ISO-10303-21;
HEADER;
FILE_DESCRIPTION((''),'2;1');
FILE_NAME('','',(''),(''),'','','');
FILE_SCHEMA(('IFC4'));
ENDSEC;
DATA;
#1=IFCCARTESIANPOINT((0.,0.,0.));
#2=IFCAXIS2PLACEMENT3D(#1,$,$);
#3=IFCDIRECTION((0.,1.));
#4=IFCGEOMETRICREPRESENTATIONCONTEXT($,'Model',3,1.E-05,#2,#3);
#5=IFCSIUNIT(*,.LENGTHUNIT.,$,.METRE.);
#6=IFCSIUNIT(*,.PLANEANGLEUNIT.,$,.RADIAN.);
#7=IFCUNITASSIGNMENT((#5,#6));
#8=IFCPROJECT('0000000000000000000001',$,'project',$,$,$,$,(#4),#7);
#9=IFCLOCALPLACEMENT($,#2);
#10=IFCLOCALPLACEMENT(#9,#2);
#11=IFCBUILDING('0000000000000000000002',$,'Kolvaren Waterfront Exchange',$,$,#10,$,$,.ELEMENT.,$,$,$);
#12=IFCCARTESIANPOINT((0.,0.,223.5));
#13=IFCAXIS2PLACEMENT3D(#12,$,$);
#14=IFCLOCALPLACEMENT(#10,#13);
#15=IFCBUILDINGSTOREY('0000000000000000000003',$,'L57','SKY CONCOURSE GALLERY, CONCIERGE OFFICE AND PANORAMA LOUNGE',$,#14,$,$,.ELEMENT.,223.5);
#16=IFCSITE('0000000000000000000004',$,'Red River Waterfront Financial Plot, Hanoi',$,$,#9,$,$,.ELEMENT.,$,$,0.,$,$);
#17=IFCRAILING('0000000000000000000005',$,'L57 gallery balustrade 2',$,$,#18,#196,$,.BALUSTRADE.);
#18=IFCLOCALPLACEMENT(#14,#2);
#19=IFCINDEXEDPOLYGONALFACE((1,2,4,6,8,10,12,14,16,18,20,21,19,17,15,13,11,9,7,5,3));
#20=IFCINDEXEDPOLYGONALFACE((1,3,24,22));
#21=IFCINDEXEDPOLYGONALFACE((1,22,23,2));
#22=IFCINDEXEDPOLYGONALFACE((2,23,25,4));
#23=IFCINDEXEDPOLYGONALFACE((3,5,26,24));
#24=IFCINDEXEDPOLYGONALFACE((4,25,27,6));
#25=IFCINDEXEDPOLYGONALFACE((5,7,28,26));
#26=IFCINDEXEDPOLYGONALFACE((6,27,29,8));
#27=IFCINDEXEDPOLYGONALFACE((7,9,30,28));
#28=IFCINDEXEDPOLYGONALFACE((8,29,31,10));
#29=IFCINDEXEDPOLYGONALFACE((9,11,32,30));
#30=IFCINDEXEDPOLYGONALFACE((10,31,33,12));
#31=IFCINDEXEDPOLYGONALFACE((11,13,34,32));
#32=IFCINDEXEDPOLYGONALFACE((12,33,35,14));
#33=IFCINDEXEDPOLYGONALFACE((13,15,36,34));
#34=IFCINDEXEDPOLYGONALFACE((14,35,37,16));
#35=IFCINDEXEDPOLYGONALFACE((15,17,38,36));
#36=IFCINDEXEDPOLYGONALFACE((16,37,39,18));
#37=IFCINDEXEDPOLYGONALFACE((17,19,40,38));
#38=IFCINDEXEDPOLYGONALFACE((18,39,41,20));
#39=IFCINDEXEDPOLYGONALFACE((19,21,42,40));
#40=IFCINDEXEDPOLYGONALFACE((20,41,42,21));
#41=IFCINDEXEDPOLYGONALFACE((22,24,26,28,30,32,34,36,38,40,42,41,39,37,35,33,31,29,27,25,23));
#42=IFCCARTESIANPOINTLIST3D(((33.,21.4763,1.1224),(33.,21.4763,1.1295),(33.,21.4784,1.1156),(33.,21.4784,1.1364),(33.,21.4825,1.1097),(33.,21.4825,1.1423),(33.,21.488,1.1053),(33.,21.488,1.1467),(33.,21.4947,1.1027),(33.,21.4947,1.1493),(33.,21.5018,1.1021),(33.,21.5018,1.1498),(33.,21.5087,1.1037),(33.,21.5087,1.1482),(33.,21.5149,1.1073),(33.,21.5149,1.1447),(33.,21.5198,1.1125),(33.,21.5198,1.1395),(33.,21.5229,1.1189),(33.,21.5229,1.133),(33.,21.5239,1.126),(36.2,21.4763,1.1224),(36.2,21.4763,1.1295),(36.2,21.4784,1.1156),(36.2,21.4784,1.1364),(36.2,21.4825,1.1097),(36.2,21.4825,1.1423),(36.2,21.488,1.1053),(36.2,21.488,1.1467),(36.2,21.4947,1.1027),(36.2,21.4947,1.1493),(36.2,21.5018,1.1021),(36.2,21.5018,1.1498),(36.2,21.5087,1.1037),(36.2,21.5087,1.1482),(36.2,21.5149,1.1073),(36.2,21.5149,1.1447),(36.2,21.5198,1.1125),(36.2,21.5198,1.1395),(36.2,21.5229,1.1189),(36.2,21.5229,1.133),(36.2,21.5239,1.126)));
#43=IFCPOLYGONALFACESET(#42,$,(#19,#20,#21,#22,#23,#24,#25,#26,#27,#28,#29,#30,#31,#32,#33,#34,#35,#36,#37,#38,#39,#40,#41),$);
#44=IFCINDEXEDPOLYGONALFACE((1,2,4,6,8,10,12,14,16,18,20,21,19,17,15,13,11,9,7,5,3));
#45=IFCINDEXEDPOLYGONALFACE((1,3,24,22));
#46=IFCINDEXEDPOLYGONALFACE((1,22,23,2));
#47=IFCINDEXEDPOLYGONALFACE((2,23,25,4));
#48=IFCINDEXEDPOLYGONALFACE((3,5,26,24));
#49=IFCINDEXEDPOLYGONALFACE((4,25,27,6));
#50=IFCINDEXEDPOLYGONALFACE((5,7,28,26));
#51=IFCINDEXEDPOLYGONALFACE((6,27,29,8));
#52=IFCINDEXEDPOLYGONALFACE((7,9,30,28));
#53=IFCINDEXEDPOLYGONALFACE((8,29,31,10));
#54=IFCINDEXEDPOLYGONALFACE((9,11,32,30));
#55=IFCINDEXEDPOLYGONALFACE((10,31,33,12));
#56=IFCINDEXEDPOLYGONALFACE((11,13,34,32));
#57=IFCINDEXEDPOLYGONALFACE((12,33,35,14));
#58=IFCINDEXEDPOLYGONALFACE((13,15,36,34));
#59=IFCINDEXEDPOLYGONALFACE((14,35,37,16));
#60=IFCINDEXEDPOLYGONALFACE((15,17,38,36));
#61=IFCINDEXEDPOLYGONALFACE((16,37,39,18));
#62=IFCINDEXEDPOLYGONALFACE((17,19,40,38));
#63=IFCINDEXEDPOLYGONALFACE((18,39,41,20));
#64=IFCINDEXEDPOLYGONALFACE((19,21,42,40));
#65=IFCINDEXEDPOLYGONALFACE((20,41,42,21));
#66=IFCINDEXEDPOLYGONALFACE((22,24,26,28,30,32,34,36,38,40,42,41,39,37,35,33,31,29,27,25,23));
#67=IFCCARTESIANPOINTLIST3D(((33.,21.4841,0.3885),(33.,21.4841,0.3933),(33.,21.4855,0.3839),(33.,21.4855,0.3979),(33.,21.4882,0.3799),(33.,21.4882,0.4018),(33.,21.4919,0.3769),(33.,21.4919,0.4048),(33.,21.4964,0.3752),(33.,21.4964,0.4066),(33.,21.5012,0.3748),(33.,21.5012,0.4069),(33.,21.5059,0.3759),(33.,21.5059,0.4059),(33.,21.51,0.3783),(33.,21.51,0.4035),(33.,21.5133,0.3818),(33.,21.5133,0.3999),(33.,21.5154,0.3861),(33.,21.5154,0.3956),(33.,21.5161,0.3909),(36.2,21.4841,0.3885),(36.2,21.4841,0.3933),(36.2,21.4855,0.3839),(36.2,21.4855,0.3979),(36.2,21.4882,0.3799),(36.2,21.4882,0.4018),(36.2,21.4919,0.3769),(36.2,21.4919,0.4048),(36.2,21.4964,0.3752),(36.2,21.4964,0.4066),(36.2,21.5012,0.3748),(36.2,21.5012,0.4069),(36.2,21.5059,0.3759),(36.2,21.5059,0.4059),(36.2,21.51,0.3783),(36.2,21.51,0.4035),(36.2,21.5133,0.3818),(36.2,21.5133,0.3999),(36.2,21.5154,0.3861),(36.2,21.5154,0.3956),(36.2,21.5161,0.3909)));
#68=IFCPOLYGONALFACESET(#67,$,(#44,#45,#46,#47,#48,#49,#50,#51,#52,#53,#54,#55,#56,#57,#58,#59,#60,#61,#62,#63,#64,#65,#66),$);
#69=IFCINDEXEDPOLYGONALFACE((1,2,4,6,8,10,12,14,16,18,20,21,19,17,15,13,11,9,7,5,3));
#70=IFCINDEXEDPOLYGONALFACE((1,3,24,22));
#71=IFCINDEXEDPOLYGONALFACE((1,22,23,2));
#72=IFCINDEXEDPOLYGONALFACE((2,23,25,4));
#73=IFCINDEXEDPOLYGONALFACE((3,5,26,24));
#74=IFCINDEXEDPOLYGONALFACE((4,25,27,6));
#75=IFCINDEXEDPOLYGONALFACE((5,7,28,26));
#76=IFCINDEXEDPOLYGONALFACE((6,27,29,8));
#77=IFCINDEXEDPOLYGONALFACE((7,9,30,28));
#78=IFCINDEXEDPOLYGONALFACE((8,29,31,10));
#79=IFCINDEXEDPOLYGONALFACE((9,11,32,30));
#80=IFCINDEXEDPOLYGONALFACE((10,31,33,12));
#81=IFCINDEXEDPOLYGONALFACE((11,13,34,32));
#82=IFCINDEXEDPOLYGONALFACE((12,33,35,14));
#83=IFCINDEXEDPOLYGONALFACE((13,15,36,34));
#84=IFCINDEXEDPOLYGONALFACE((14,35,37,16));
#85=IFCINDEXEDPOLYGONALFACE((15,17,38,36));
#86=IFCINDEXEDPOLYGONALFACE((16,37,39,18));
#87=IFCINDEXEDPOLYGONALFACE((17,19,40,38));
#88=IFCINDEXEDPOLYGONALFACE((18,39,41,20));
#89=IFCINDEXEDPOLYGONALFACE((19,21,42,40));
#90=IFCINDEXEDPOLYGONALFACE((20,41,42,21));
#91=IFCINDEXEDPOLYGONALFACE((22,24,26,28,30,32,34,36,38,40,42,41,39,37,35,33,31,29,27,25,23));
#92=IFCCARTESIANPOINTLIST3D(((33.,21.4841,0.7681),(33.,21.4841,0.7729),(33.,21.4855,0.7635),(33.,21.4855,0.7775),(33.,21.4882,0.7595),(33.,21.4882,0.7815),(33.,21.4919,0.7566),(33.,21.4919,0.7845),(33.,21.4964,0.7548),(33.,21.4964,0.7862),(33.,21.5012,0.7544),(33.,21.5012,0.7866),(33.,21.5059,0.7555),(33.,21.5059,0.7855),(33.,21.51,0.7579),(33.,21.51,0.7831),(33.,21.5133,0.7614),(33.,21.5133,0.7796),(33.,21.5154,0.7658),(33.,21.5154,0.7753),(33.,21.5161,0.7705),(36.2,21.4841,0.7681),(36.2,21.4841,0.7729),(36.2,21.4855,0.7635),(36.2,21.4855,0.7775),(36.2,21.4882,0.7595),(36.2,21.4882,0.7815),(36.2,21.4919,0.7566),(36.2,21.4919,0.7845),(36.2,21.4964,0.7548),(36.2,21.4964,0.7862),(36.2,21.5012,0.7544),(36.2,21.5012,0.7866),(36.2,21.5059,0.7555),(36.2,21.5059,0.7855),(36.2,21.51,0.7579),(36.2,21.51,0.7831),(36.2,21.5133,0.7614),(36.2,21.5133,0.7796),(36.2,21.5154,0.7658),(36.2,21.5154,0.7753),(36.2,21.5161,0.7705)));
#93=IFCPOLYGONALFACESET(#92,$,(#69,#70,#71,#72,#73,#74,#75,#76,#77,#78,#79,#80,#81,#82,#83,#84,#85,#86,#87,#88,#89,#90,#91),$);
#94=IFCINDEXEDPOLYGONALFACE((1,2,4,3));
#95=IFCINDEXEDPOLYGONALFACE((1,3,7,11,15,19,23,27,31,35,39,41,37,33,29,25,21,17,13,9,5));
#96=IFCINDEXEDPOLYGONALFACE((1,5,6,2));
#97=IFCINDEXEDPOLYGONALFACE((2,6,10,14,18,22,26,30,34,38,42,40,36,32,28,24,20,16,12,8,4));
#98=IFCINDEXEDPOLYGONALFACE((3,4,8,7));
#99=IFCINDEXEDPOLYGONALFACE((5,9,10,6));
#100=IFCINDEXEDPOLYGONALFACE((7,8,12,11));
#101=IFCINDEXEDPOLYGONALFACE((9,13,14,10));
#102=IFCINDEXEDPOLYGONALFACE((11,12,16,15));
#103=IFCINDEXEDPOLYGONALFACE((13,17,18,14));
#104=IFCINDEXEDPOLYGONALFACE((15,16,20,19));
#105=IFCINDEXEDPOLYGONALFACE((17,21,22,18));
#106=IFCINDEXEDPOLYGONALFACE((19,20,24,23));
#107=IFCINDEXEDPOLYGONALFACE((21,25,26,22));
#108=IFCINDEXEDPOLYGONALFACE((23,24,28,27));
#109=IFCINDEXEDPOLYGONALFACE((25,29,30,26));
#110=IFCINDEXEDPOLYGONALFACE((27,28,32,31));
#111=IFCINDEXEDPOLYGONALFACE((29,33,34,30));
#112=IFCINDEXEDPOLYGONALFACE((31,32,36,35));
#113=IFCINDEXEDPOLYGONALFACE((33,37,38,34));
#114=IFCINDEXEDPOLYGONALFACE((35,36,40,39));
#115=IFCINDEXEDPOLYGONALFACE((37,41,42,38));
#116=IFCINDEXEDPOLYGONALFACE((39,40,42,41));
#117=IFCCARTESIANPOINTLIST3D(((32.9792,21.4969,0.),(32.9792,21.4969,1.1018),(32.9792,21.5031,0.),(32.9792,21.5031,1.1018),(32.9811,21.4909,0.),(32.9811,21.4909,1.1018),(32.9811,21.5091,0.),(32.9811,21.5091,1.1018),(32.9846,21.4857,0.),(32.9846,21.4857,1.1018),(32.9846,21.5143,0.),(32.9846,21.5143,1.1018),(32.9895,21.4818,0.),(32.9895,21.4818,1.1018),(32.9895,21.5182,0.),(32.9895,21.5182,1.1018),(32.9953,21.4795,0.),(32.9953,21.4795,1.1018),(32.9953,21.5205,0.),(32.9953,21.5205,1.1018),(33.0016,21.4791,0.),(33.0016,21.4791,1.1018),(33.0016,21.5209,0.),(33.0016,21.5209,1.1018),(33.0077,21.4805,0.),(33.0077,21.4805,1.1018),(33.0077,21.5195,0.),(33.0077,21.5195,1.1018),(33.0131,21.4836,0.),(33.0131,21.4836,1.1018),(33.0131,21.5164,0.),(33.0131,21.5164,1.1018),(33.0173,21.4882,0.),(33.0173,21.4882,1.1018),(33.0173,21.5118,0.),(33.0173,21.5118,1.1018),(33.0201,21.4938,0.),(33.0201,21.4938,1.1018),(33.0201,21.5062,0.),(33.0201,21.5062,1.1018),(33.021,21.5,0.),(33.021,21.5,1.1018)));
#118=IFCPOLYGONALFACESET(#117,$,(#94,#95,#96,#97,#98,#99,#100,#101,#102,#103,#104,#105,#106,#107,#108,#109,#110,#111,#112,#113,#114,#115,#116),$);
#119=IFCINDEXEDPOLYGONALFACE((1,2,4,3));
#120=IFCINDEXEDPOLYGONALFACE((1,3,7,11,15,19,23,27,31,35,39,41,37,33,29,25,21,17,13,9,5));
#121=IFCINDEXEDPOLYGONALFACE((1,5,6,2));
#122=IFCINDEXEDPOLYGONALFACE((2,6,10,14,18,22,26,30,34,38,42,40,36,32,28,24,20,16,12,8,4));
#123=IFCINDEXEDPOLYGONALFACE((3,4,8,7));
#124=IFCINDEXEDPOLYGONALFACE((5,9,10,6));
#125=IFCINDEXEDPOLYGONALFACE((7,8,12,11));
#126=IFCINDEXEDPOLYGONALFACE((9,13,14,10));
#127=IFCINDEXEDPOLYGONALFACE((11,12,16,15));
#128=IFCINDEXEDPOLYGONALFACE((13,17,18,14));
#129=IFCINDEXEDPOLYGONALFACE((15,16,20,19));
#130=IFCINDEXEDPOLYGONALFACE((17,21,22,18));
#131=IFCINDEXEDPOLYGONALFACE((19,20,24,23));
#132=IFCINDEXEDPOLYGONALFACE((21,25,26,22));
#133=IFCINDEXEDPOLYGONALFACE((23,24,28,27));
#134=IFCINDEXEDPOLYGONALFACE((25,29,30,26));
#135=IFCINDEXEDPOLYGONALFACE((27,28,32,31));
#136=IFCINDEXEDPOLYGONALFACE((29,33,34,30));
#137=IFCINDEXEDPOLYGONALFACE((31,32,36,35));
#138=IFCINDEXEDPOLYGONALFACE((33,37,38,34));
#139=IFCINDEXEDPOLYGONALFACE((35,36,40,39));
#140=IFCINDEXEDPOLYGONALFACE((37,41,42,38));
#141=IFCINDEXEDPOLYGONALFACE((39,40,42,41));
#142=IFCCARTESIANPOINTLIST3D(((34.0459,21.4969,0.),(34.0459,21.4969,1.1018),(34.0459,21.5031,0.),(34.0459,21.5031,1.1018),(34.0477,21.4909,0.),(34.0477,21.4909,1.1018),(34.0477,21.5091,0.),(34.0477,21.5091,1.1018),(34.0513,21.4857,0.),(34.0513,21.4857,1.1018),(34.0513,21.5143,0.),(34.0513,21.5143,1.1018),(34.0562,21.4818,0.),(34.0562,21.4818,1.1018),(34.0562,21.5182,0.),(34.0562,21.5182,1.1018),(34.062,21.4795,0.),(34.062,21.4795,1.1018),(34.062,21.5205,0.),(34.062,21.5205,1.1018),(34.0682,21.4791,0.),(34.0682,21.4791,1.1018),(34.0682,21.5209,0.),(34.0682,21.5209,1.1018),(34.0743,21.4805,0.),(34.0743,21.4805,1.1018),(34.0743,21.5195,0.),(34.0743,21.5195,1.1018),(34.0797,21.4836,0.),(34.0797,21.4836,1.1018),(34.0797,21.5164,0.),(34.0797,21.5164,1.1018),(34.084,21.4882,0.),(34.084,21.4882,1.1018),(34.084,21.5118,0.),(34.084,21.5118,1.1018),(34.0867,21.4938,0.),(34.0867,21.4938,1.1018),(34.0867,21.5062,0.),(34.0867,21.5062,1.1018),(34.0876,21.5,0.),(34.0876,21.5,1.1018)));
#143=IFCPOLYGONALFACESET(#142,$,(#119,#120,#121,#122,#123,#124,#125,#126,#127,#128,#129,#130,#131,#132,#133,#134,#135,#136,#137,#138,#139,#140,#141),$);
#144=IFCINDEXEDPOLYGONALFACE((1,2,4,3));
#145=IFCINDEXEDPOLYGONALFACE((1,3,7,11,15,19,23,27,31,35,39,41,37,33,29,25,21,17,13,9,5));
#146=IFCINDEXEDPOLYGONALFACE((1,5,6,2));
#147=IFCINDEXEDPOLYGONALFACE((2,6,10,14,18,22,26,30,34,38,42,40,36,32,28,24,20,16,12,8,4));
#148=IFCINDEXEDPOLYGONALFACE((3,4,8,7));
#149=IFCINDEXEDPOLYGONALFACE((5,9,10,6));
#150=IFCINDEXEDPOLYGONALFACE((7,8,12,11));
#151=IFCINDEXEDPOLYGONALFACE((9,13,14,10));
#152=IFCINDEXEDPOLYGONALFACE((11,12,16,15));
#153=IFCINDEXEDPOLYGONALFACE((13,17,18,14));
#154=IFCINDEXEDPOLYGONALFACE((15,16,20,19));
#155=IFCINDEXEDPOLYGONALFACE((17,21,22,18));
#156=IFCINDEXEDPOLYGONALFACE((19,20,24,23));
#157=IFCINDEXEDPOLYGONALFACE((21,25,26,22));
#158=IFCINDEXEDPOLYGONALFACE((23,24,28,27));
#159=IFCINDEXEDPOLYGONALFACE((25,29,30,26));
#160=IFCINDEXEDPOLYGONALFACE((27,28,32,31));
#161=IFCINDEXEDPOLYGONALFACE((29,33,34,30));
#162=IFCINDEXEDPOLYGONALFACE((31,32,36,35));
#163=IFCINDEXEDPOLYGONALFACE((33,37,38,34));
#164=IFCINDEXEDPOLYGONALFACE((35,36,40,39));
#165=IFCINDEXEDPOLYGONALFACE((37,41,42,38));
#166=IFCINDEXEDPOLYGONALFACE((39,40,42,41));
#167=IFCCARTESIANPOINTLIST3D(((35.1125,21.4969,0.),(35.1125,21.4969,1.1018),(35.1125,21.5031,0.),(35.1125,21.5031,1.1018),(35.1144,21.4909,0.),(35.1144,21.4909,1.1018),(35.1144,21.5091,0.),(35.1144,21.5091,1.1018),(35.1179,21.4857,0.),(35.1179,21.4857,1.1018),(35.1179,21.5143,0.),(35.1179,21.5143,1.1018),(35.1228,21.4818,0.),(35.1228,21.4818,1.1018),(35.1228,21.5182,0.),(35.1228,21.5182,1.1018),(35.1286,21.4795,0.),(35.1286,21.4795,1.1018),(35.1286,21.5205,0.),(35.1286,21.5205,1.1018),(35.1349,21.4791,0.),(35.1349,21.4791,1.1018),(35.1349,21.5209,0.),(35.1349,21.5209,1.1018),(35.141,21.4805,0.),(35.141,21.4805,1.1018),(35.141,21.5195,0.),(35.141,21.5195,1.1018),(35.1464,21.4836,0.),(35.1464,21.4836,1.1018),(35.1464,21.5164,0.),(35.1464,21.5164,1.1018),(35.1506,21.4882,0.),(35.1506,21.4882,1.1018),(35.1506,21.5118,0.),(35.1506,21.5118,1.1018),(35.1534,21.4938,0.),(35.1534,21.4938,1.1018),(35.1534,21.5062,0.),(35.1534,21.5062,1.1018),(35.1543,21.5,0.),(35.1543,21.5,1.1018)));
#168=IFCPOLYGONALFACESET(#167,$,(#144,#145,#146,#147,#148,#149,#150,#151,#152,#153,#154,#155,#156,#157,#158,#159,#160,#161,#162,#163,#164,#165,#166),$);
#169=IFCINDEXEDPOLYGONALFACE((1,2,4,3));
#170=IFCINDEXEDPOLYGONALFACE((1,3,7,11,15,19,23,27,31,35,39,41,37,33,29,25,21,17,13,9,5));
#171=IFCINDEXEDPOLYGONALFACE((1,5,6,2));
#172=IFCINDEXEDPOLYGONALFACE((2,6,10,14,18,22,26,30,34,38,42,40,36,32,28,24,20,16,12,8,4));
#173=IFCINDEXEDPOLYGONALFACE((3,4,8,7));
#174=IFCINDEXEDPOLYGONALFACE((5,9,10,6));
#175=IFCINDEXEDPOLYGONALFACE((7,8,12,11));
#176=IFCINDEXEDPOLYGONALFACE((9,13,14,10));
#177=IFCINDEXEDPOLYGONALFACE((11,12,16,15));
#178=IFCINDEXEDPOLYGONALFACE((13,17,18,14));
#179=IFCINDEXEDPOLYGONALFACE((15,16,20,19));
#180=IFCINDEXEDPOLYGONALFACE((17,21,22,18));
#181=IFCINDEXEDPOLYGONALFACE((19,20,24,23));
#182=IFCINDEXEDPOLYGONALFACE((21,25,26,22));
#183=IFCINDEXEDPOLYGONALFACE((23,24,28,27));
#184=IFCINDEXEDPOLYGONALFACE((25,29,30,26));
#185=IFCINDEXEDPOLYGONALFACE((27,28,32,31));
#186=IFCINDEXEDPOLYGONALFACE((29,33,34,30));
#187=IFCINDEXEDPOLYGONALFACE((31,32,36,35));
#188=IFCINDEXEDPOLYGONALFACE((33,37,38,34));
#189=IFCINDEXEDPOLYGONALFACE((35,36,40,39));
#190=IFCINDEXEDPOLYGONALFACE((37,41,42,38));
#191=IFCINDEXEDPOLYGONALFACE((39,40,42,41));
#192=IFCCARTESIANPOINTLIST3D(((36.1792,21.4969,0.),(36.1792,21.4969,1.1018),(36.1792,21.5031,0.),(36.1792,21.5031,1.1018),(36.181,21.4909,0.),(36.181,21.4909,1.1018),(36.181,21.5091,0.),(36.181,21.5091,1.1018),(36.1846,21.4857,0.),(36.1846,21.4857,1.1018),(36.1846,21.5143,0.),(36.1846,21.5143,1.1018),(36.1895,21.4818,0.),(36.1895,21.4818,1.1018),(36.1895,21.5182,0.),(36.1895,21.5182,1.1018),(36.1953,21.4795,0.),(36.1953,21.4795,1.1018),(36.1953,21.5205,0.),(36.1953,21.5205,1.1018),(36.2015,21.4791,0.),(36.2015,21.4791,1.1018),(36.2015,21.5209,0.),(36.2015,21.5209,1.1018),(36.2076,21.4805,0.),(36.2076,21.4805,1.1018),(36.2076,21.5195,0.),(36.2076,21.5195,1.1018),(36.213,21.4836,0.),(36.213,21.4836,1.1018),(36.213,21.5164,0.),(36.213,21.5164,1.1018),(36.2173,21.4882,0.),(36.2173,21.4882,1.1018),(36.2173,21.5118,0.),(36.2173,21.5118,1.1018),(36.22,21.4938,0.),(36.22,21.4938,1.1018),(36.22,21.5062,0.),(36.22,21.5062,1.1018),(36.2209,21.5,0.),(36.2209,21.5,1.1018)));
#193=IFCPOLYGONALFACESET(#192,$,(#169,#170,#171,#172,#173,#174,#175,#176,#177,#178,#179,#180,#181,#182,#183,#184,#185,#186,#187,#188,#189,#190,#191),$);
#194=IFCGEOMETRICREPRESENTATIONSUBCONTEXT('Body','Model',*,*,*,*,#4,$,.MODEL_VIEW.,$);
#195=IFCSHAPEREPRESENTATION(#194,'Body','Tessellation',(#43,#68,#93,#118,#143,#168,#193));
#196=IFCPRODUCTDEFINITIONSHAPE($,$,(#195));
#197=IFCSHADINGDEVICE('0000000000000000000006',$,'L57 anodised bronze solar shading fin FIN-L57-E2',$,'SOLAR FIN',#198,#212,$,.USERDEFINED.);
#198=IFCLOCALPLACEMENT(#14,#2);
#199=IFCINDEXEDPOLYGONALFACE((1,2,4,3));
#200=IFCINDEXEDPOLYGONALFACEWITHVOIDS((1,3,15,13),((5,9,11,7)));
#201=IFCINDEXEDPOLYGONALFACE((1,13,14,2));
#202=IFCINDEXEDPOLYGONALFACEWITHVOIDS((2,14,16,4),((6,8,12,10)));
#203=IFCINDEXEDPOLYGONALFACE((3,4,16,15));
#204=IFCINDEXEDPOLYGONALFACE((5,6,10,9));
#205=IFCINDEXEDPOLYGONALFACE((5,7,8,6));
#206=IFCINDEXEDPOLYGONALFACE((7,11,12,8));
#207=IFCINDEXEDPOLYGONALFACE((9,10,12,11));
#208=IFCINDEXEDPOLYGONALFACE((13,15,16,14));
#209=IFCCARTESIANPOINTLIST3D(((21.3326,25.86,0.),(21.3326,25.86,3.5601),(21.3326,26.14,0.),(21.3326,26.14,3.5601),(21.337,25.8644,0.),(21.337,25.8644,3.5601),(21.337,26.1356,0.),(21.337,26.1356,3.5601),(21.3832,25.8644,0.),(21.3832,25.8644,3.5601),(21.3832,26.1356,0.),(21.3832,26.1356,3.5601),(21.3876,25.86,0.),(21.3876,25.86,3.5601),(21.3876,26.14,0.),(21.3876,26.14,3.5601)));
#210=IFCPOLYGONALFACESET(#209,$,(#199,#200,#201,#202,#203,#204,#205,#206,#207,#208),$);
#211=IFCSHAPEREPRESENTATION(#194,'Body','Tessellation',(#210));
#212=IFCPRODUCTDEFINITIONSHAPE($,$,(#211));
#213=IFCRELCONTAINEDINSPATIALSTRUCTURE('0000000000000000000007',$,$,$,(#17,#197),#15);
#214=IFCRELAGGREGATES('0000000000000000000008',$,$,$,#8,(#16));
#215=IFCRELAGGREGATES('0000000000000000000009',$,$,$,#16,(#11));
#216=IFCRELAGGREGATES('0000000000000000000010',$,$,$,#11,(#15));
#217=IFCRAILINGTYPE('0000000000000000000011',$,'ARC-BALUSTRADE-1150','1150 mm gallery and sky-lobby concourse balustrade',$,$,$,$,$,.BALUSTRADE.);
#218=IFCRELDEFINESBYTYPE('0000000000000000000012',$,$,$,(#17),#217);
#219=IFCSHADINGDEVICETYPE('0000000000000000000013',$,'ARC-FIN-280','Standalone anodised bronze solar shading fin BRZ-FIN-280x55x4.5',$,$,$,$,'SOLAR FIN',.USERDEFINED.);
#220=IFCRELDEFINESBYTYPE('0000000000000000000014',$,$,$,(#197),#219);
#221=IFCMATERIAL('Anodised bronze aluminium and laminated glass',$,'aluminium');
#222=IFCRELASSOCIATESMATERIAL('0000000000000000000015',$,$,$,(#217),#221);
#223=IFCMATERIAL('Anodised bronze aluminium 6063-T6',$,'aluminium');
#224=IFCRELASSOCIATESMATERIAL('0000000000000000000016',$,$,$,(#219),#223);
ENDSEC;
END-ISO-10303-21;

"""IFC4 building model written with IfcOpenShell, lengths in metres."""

from ifc_helpers import new_model, si_unit, direction, frame, origin, origin_2d, place, context, subcontext, project, spatial, hollow_rectangle, circle, extrude, material, material_profile, profile_set, type_object, element, save


model = new_model("IFC4")

# Units and contexts
model_context = context("Model", 3, precision=1e-05, world=origin(), true_north=direction((0.0, 1.0)))
body_context = subcontext(model_context, "Body", "Model", "MODEL_VIEW")
ifc_project = project(units=[si_unit("LENGTHUNIT", "METRE"), si_unit("PLANEANGLEUNIT", "RADIAN")], contexts=[model_context])

# Site, building, storey
site_placement = place(None, origin())
site = spatial("IfcSite", under=ifc_project, at=site_placement, Name="Red River Waterfront Financial Plot, Hanoi", CompositionType="ELEMENT", RefElevation=0.0)
building_placement = place(site_placement, origin())
building = spatial("IfcBuilding", under=site, at=building_placement, Name="Kolvaren Waterfront Exchange", CompositionType="ELEMENT")
storey_placement = place(building_placement, frame((0.0, 0.0, 223.5)))
storey = spatial("IfcBuildingStorey", under=building, at=storey_placement, Name="L57", Description="SKY CONCOURSE GALLERY, CONCIERGE OFFICE AND PANORAMA LOUNGE", CompositionType="ELEMENT", Elevation=223.5)

# Shared definitions
ifc_material_1 = material(Name="Anodised bronze aluminium 6063-T6", Category="aluminium")

# Railing
ifc_material_2 = material(Name="Anodised bronze aluminium and laminated glass", Category="aluminium")
railing_type_1 = type_object("IfcRailingType", Name="ARC-BALUSTRADE-1150", Description="1150 mm gallery and sky-lobby concourse balustrade", PredefinedType="BALUSTRADE", material=ifc_material_2)
for number, where, name in (
    (1, (33.0, 21.5, 0.0), "L57 gallery balustrade 2"),
):
    element("IfcRailing", number, at=place(storey_placement, frame(where)), inside=storey, type_object=railing_type_1, Name=name, PredefinedType="BALUSTRADE", context=body_context, shape_type="SweptSolid", body=[
        extrude(circle(Radius=0.0239, at=origin_2d()), frame((0.0, 0.0, 1.126), z_axis=(1.0, 0.0, 0.0), x_axis=(0.0, 1.0, 0.0)), (0.0, 0.0, 1.0), 3.2),
        extrude(circle(Radius=0.0161, at=origin_2d()), frame((0.0, 0.0, 0.3909), z_axis=(1.0, 0.0, 0.0), x_axis=(0.0, 1.0, 0.0)), (0.0, 0.0, 1.0), 3.2),
        extrude(circle(Radius=0.0161, at=origin_2d()), frame((0.0, 0.0, 0.7705), z_axis=(1.0, 0.0, 0.0), x_axis=(0.0, 1.0, 0.0)), (0.0, 0.0, 1.0), 3.2),
        extrude(circle(Radius=0.021, at=origin_2d()), origin(), (0.0, 0.0, 1.0), 1.1018),
        extrude(circle(Radius=0.021, at=origin_2d()), frame((1.0667, 0.0, 0.0)), (0.0, 0.0, 1.0), 1.1018),
        extrude(circle(Radius=0.021, at=origin_2d()), frame((2.1333, 0.0, 0.0)), (0.0, 0.0, 1.0), 1.1018),
        extrude(circle(Radius=0.021, at=origin_2d()), frame((3.2, 0.0, 0.0)), (0.0, 0.0, 1.0), 1.1018),
    ])

# Shading device
ifc_material_profile_1 = material_profile(ifc_material_1, hollow_rectangle(XDim=0.0549, YDim=0.28, WallThickness=0.0044, at=origin_2d()), Name="BRZ-FIN-280x55x4.5")
ifc_profile_set_1 = profile_set([ifc_material_profile_1], Name="Anodised bronze aluminium 6063-T6")
shading_device_type = type_object("IfcShadingDeviceType", Name="ARC-FIN-280", Description="Standalone anodised bronze solar shading fin BRZ-FIN-280x55x4.5", ElementType="SOLAR FIN", PredefinedType="USERDEFINED", material=ifc_profile_set_1)
for number, where, z_axis, x_axis, name in (
    (2, (21.3601, 26.0, 0.0), (0.0, 0.0, 1.0), (1.0, 0.0, 0.0), "L57 anodised bronze solar shading fin FIN-L57-E2"),
):
    element("IfcShadingDevice", number, at=place(storey_placement, frame(where, z_axis=z_axis, x_axis=x_axis)), inside=storey, type_object=shading_device_type, Name=name, ObjectType="SOLAR FIN", PredefinedType="USERDEFINED", context=body_context, shape_type="SweptSolid", body=[
        extrude(hollow_rectangle(XDim=0.0549, YDim=0.28, WallThickness=0.0044, at=origin_2d()), origin(), (0.0, 0.0, 1.0), 3.5601),
    ])

save(model, "model.ifc")
